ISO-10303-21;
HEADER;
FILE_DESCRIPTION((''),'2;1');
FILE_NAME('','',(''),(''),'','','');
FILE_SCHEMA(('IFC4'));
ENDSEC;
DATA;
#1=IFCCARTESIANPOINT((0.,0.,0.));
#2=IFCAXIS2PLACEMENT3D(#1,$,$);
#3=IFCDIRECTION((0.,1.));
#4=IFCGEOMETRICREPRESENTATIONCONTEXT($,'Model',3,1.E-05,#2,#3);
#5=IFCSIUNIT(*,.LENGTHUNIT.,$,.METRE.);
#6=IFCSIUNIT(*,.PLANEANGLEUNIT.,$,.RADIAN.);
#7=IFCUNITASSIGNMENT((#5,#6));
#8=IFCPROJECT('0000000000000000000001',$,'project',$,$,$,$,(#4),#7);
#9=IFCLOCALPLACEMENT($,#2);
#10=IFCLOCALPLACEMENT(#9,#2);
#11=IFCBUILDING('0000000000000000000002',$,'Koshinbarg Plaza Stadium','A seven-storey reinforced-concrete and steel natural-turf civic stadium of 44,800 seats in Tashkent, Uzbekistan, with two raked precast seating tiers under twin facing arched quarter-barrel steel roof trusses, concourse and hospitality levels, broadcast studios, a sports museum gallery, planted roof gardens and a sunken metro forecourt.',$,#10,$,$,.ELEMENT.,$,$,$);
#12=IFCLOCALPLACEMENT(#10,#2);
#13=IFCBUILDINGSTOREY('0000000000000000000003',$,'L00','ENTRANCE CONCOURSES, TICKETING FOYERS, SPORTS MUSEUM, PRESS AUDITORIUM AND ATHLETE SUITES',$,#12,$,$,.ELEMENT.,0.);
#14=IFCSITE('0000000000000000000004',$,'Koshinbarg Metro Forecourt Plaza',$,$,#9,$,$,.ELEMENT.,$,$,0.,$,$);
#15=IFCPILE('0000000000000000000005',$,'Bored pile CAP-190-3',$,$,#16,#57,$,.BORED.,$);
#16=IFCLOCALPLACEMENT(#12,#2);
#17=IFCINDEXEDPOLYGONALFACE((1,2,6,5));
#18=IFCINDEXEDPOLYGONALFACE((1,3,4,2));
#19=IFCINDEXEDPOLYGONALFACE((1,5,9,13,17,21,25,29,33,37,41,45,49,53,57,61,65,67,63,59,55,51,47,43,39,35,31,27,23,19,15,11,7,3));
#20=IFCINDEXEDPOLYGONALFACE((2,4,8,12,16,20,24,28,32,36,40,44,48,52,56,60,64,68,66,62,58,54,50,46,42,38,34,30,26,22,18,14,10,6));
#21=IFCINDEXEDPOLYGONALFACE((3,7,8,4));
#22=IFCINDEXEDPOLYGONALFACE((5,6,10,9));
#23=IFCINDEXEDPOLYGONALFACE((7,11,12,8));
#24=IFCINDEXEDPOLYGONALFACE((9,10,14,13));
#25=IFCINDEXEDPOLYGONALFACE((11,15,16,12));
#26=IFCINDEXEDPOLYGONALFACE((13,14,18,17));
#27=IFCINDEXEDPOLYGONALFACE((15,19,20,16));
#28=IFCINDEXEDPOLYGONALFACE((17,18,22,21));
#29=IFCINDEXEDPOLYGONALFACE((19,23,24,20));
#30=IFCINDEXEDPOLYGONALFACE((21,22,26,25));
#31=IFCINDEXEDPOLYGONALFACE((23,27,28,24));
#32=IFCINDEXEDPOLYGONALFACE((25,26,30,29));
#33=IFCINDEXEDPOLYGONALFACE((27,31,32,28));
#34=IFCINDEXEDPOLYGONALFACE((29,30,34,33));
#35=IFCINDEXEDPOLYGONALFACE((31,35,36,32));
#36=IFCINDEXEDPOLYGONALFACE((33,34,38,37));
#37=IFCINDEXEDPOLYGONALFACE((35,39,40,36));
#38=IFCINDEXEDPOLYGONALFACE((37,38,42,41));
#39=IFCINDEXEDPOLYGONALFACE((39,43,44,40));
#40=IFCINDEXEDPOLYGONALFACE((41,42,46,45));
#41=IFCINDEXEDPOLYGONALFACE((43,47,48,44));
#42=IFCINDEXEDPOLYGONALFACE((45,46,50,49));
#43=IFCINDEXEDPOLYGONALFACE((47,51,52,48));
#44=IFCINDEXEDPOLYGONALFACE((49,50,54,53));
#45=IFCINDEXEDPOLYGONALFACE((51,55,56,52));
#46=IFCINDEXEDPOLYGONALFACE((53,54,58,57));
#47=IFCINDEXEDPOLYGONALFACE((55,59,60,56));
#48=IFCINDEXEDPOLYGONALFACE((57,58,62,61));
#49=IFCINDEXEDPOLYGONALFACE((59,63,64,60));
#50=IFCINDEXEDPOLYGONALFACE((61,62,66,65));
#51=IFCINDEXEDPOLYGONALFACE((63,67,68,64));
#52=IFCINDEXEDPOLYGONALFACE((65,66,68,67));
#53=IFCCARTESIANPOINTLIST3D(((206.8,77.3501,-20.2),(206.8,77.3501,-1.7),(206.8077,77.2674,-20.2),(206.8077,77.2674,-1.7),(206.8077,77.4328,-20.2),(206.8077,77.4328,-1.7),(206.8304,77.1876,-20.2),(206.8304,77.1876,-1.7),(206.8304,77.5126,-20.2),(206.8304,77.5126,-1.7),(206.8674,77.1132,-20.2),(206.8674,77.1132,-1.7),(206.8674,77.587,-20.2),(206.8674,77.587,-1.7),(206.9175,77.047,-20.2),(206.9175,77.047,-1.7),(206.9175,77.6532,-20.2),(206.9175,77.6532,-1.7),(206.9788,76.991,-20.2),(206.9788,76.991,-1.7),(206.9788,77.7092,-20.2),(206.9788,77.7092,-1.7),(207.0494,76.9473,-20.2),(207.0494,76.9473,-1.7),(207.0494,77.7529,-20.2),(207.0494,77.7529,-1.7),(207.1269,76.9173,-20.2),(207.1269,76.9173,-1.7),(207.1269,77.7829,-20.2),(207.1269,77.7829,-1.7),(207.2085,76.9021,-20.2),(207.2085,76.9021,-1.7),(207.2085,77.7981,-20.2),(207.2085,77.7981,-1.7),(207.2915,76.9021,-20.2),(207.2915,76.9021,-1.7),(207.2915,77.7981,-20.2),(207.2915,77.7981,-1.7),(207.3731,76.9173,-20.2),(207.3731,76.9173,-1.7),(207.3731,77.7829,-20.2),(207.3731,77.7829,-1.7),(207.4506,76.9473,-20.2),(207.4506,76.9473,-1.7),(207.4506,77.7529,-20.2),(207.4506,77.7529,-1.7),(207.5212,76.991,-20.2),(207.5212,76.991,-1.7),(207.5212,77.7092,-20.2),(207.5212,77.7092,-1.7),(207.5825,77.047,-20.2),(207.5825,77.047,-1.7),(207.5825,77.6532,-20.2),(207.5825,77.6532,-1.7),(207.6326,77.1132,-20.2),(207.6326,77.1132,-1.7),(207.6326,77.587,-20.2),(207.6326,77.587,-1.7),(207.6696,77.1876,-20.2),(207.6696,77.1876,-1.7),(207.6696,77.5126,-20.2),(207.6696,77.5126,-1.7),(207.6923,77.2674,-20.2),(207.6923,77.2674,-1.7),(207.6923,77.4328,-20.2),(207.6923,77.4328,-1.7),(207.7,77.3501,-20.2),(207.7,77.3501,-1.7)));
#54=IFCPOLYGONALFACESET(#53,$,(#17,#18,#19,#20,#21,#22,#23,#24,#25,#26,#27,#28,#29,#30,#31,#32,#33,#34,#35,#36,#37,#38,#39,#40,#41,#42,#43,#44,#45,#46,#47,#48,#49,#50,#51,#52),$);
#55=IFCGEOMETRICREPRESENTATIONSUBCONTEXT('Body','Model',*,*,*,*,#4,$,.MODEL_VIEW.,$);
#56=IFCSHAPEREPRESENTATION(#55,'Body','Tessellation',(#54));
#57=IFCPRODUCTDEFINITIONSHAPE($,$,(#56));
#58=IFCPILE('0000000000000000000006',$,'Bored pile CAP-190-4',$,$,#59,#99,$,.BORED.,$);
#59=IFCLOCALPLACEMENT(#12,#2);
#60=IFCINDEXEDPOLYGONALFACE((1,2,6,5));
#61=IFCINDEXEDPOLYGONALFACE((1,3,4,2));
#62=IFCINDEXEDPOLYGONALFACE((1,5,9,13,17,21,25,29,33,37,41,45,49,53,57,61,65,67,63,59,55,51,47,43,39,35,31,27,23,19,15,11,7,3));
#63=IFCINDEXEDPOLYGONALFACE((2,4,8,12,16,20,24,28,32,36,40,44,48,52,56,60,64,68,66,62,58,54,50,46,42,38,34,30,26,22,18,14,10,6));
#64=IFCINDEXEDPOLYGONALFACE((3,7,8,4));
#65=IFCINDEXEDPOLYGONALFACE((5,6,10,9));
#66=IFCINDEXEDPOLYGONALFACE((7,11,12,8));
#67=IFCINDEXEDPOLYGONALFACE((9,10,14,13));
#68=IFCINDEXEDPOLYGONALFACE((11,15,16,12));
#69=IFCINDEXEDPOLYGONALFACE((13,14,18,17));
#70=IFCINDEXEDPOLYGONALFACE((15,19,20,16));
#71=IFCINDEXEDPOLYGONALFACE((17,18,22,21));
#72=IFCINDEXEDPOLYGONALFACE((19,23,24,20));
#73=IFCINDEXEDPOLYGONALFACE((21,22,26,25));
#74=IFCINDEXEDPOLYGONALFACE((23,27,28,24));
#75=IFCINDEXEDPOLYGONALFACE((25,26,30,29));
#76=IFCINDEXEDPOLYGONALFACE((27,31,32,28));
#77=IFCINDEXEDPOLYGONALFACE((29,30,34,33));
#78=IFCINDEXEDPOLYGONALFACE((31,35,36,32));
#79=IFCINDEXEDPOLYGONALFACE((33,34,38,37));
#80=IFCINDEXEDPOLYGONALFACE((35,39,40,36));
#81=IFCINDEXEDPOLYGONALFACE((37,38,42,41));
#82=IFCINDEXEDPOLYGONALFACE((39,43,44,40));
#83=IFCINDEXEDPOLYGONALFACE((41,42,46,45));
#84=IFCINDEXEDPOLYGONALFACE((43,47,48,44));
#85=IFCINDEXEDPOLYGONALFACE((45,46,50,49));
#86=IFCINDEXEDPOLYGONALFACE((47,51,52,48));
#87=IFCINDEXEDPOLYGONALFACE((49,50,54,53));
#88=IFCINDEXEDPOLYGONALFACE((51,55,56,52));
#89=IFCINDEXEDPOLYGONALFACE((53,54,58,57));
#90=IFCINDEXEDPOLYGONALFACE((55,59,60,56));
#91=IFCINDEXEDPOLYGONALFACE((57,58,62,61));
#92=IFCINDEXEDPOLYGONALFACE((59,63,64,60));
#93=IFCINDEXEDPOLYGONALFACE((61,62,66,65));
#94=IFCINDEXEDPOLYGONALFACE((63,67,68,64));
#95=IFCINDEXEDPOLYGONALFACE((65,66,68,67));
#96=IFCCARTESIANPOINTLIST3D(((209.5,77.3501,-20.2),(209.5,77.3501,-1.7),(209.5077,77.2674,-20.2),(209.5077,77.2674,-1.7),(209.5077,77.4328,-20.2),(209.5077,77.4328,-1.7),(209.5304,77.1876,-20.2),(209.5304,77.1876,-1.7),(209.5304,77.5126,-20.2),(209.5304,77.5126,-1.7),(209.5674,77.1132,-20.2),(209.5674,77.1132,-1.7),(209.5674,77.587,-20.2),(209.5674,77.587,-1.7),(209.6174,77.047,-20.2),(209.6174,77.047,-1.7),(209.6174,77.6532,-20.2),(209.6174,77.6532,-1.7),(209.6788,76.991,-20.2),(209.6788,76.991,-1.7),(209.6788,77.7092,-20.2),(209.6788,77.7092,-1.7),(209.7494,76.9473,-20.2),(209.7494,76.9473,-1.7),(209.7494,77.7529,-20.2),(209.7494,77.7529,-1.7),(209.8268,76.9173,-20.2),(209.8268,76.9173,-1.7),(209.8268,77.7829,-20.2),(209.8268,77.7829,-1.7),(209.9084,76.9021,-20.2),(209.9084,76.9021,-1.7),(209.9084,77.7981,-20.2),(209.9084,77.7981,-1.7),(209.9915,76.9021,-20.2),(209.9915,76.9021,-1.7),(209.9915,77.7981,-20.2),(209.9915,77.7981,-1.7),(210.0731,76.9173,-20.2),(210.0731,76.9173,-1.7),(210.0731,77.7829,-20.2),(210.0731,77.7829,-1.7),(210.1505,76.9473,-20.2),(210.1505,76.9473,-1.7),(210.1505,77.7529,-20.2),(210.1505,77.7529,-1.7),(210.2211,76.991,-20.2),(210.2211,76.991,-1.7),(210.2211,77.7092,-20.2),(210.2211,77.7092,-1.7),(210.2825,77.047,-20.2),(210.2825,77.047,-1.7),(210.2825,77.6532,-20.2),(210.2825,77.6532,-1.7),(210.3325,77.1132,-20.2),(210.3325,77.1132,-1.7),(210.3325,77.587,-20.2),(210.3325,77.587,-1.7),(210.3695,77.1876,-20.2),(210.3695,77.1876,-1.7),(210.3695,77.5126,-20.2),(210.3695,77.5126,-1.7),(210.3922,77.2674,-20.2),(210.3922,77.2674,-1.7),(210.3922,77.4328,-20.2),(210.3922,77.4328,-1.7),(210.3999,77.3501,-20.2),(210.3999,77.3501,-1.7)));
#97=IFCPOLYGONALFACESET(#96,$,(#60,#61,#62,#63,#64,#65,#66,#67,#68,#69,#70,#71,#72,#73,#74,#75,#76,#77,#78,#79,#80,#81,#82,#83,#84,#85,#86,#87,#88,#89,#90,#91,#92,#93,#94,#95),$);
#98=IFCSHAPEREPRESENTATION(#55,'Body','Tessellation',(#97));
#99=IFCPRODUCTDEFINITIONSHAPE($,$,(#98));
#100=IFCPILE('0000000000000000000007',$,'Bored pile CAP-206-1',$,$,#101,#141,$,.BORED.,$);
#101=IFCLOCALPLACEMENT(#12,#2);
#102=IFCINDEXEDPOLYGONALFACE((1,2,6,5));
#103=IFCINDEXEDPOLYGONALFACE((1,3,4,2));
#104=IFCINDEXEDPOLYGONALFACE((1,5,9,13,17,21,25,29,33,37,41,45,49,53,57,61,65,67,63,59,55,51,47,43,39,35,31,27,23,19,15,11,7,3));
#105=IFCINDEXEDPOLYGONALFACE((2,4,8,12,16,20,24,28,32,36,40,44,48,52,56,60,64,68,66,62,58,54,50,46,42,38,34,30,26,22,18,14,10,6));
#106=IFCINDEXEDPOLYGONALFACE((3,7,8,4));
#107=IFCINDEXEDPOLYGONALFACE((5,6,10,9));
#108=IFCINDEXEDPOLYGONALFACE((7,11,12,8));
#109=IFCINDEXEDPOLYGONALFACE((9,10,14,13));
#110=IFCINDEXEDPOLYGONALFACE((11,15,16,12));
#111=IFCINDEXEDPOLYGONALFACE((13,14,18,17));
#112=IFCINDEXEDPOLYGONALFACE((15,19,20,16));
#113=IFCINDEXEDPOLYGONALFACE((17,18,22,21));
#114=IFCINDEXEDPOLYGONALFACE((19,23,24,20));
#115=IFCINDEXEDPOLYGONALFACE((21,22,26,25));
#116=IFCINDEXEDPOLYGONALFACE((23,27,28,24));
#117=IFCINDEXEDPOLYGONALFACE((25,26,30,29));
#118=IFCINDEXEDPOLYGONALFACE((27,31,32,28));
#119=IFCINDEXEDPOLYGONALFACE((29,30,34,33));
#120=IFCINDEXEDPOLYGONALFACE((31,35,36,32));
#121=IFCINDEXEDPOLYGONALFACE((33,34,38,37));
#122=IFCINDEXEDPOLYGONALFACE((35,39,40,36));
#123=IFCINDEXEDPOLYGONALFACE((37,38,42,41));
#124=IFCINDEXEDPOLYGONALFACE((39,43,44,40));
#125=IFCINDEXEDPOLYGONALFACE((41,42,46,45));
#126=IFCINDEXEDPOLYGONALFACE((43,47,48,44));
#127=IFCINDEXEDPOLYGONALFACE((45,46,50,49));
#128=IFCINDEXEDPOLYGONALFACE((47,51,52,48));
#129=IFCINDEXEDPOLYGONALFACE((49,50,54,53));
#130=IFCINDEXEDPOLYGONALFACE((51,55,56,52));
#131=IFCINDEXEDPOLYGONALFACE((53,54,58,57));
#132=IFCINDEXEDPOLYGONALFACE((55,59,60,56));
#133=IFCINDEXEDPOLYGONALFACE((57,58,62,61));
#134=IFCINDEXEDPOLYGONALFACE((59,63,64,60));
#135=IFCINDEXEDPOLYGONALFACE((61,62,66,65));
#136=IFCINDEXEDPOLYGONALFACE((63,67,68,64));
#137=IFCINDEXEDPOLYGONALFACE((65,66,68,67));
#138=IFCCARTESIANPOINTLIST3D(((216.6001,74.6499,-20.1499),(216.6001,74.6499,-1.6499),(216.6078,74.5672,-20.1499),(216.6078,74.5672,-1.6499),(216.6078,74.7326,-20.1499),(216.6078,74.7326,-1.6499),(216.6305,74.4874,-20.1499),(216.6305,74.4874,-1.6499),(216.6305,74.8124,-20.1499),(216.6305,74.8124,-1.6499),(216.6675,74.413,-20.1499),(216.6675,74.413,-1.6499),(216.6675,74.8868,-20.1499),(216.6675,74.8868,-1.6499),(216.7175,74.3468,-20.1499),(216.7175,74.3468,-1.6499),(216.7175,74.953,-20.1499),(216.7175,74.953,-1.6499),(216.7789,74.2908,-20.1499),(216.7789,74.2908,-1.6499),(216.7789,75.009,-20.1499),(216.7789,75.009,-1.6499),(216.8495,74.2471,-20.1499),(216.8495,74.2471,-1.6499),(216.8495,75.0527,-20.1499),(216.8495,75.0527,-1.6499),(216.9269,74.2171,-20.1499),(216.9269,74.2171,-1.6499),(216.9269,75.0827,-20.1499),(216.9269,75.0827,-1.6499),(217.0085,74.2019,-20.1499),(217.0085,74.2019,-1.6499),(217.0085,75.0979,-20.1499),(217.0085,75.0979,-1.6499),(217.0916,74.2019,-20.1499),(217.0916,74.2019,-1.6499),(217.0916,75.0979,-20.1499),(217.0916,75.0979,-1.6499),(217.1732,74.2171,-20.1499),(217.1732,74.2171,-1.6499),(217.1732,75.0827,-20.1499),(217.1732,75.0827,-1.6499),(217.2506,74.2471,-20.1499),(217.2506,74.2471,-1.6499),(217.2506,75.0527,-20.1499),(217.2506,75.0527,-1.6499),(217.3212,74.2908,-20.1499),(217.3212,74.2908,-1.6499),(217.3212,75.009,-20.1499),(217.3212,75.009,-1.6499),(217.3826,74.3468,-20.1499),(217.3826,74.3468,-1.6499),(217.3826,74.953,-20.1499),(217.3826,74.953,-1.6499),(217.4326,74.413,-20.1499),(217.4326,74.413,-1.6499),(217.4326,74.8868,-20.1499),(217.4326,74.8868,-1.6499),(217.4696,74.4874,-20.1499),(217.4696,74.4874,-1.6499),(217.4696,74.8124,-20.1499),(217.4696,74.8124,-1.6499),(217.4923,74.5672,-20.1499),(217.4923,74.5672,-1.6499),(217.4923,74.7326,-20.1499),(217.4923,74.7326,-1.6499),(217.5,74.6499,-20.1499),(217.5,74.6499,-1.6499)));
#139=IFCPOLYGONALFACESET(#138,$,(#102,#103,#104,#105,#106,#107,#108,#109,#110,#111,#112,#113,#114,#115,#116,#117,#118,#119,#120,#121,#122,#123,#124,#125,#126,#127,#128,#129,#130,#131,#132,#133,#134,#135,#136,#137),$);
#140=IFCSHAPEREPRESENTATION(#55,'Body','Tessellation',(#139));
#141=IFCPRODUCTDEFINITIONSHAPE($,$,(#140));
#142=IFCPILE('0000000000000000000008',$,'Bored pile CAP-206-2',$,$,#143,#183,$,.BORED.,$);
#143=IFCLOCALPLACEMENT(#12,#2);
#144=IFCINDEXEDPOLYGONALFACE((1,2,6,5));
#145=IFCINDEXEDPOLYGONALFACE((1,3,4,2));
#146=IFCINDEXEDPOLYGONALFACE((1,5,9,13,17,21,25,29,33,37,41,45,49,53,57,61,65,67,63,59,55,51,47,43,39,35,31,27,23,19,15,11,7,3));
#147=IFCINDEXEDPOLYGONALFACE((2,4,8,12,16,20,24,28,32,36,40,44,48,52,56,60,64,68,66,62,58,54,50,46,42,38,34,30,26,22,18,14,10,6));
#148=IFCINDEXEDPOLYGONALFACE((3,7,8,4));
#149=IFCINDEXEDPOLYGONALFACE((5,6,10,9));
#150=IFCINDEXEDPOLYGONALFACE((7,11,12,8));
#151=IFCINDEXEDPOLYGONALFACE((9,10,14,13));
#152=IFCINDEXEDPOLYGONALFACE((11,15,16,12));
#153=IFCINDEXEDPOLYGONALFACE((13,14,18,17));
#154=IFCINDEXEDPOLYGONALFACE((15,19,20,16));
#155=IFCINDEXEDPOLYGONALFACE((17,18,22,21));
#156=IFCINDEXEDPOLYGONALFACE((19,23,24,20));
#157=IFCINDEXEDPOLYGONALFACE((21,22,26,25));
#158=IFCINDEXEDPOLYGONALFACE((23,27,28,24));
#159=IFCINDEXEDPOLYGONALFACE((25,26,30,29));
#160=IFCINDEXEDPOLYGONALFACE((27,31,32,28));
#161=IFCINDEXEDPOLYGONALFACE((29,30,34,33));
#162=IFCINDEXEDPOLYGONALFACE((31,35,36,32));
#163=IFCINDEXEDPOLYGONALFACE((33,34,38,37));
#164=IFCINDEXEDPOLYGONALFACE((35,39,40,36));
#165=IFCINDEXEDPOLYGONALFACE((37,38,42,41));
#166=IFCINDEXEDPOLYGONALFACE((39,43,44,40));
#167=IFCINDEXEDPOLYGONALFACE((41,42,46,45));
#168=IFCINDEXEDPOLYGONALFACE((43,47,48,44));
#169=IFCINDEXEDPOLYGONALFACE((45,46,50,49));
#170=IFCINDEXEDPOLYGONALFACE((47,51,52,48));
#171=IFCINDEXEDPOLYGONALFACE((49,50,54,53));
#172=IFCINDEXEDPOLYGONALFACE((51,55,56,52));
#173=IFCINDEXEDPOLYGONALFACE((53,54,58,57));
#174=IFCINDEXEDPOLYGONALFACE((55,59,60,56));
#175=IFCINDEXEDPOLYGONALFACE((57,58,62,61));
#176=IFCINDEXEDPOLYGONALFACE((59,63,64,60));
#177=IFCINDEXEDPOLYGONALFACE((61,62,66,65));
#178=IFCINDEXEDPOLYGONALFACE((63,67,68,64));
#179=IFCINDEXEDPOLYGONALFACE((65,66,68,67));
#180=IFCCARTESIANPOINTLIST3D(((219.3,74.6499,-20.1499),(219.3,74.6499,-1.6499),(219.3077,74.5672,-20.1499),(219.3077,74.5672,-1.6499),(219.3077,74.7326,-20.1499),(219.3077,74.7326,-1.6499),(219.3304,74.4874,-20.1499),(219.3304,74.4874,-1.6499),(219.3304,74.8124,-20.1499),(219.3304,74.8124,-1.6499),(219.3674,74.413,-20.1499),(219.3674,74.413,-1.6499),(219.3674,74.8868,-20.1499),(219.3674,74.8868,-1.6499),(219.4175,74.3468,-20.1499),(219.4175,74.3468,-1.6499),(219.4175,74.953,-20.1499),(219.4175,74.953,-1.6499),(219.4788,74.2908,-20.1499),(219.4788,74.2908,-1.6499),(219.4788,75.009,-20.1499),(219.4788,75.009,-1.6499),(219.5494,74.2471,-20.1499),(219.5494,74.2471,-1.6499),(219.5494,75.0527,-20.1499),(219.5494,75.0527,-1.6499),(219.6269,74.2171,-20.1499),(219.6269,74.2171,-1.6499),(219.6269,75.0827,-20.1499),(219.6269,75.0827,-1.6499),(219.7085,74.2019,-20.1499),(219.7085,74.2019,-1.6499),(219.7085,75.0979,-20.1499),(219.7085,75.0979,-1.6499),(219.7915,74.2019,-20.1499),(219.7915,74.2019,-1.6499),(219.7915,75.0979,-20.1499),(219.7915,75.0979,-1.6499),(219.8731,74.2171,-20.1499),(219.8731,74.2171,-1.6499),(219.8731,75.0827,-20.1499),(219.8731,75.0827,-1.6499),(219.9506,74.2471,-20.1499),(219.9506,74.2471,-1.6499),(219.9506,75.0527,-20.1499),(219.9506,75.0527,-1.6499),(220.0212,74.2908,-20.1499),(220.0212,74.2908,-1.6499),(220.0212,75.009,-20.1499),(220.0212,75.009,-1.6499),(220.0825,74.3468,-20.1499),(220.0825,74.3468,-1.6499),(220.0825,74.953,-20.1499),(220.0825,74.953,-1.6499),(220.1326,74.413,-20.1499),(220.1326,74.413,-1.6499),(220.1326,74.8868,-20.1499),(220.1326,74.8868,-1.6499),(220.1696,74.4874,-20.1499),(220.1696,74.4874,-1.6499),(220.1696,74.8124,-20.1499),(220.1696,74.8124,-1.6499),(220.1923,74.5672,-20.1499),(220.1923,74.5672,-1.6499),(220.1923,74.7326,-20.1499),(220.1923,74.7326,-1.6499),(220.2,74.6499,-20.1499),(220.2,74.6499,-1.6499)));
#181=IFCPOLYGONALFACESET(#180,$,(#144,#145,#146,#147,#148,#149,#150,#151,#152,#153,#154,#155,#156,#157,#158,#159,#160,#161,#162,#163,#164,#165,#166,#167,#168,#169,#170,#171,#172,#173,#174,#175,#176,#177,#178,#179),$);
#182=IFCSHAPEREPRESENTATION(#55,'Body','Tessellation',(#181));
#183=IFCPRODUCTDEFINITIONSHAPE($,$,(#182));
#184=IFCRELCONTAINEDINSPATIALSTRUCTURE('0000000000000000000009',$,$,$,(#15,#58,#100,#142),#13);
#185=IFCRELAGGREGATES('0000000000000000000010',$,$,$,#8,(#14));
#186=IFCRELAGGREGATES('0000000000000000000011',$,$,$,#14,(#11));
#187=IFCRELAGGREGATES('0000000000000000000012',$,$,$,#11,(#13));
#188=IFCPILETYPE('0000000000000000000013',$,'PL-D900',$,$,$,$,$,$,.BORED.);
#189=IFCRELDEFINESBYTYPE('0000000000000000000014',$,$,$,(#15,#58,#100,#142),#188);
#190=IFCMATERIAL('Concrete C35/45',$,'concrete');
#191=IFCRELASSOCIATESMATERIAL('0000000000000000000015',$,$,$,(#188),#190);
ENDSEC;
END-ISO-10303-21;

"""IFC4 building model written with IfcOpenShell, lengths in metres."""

from ifc_helpers import new_model, si_unit, direction, frame, origin, origin_2d, place, context, subcontext, project, spatial, circle, extrude, material, material_profile, profile_set, type_object, element, save


model = new_model("IFC4")

# Units and contexts
model_context = context("Model", 3, precision=1e-05, world=origin(), true_north=direction((0.0, 1.0)))
body_context = subcontext(model_context, "Body", "Model", "MODEL_VIEW")
ifc_project = project(units=[si_unit("LENGTHUNIT", "METRE"), si_unit("PLANEANGLEUNIT", "RADIAN")], contexts=[model_context])

# Site, building, storey
site_placement = place(None, origin())
site = spatial("IfcSite", under=ifc_project, at=site_placement, Name="Koshinbarg Metro Forecourt Plaza", CompositionType="ELEMENT", RefElevation=0.0)
building_placement = place(site_placement, origin())
building = spatial("IfcBuilding", under=site, at=building_placement, Name="Koshinbarg Plaza Stadium", Description="A seven-storey reinforced-concrete and steel natural-turf civic stadium of 44,800 seats in Tashkent, Uzbekistan, with two raked precast seating tiers under twin facing arched quarter-barrel steel roof trusses, concourse and hospitality levels, broadcast studios, a sports museum gallery, planted roof gardens and a sunken metro forecourt.", CompositionType="ELEMENT")
storey_placement = place(building_placement, origin())
storey = spatial("IfcBuildingStorey", under=building, at=storey_placement, Name="L00", Description="ENTRANCE CONCOURSES, TICKETING FOYERS, SPORTS MUSEUM, PRESS AUDITORIUM AND ATHLETE SUITES", CompositionType="ELEMENT", Elevation=0.0)

# Shared definitions
ifc_material_1 = material(Name="Concrete C35/45", Category="concrete")

# Piles
ifc_material_profile_1 = material_profile(ifc_material_1, circle(Radius=0.45, at=origin_2d()), Name="PILE D900")
ifc_profile_set_1 = profile_set([ifc_material_profile_1], Name="Concrete C35/45")
pile_type_1 = type_object("IfcPileType", Name="PL-D900", PredefinedType="BORED", material=ifc_profile_set_1)
for number, where, z_axis, x_axis, name in (
    (1, (207.25, 77.3501, -1.7), (0.0, 0.0, -1.0), (1.0, 0.0, 0.0), "Bored pile CAP-190-3"),
    (2, (209.95, 77.3501, -1.7), (0.0, 0.0, -1.0), (1.0, 0.0, 0.0), "Bored pile CAP-190-4"),
    (3, (217.05, 74.6499, -1.6499), (0.0, 0.0, -1.0), (1.0, 0.0, 0.0), "Bored pile CAP-206-1"),
    (4, (219.75, 74.6499, -1.6499), (0.0, 0.0, -1.0), (1.0, 0.0, 0.0), "Bored pile CAP-206-2"),
):
    element("IfcPile", number, at=place(storey_placement, frame(where, z_axis=z_axis, x_axis=x_axis)), inside=storey, type_object=pile_type_1, Name=name, PredefinedType="BORED", context=body_context, shape_type="SweptSolid", body=[
        extrude(circle(Radius=0.45, at=origin_2d()), origin(), (0.0, 0.0, 1.0), 18.5),
    ])

save(model, "model.ifc")
